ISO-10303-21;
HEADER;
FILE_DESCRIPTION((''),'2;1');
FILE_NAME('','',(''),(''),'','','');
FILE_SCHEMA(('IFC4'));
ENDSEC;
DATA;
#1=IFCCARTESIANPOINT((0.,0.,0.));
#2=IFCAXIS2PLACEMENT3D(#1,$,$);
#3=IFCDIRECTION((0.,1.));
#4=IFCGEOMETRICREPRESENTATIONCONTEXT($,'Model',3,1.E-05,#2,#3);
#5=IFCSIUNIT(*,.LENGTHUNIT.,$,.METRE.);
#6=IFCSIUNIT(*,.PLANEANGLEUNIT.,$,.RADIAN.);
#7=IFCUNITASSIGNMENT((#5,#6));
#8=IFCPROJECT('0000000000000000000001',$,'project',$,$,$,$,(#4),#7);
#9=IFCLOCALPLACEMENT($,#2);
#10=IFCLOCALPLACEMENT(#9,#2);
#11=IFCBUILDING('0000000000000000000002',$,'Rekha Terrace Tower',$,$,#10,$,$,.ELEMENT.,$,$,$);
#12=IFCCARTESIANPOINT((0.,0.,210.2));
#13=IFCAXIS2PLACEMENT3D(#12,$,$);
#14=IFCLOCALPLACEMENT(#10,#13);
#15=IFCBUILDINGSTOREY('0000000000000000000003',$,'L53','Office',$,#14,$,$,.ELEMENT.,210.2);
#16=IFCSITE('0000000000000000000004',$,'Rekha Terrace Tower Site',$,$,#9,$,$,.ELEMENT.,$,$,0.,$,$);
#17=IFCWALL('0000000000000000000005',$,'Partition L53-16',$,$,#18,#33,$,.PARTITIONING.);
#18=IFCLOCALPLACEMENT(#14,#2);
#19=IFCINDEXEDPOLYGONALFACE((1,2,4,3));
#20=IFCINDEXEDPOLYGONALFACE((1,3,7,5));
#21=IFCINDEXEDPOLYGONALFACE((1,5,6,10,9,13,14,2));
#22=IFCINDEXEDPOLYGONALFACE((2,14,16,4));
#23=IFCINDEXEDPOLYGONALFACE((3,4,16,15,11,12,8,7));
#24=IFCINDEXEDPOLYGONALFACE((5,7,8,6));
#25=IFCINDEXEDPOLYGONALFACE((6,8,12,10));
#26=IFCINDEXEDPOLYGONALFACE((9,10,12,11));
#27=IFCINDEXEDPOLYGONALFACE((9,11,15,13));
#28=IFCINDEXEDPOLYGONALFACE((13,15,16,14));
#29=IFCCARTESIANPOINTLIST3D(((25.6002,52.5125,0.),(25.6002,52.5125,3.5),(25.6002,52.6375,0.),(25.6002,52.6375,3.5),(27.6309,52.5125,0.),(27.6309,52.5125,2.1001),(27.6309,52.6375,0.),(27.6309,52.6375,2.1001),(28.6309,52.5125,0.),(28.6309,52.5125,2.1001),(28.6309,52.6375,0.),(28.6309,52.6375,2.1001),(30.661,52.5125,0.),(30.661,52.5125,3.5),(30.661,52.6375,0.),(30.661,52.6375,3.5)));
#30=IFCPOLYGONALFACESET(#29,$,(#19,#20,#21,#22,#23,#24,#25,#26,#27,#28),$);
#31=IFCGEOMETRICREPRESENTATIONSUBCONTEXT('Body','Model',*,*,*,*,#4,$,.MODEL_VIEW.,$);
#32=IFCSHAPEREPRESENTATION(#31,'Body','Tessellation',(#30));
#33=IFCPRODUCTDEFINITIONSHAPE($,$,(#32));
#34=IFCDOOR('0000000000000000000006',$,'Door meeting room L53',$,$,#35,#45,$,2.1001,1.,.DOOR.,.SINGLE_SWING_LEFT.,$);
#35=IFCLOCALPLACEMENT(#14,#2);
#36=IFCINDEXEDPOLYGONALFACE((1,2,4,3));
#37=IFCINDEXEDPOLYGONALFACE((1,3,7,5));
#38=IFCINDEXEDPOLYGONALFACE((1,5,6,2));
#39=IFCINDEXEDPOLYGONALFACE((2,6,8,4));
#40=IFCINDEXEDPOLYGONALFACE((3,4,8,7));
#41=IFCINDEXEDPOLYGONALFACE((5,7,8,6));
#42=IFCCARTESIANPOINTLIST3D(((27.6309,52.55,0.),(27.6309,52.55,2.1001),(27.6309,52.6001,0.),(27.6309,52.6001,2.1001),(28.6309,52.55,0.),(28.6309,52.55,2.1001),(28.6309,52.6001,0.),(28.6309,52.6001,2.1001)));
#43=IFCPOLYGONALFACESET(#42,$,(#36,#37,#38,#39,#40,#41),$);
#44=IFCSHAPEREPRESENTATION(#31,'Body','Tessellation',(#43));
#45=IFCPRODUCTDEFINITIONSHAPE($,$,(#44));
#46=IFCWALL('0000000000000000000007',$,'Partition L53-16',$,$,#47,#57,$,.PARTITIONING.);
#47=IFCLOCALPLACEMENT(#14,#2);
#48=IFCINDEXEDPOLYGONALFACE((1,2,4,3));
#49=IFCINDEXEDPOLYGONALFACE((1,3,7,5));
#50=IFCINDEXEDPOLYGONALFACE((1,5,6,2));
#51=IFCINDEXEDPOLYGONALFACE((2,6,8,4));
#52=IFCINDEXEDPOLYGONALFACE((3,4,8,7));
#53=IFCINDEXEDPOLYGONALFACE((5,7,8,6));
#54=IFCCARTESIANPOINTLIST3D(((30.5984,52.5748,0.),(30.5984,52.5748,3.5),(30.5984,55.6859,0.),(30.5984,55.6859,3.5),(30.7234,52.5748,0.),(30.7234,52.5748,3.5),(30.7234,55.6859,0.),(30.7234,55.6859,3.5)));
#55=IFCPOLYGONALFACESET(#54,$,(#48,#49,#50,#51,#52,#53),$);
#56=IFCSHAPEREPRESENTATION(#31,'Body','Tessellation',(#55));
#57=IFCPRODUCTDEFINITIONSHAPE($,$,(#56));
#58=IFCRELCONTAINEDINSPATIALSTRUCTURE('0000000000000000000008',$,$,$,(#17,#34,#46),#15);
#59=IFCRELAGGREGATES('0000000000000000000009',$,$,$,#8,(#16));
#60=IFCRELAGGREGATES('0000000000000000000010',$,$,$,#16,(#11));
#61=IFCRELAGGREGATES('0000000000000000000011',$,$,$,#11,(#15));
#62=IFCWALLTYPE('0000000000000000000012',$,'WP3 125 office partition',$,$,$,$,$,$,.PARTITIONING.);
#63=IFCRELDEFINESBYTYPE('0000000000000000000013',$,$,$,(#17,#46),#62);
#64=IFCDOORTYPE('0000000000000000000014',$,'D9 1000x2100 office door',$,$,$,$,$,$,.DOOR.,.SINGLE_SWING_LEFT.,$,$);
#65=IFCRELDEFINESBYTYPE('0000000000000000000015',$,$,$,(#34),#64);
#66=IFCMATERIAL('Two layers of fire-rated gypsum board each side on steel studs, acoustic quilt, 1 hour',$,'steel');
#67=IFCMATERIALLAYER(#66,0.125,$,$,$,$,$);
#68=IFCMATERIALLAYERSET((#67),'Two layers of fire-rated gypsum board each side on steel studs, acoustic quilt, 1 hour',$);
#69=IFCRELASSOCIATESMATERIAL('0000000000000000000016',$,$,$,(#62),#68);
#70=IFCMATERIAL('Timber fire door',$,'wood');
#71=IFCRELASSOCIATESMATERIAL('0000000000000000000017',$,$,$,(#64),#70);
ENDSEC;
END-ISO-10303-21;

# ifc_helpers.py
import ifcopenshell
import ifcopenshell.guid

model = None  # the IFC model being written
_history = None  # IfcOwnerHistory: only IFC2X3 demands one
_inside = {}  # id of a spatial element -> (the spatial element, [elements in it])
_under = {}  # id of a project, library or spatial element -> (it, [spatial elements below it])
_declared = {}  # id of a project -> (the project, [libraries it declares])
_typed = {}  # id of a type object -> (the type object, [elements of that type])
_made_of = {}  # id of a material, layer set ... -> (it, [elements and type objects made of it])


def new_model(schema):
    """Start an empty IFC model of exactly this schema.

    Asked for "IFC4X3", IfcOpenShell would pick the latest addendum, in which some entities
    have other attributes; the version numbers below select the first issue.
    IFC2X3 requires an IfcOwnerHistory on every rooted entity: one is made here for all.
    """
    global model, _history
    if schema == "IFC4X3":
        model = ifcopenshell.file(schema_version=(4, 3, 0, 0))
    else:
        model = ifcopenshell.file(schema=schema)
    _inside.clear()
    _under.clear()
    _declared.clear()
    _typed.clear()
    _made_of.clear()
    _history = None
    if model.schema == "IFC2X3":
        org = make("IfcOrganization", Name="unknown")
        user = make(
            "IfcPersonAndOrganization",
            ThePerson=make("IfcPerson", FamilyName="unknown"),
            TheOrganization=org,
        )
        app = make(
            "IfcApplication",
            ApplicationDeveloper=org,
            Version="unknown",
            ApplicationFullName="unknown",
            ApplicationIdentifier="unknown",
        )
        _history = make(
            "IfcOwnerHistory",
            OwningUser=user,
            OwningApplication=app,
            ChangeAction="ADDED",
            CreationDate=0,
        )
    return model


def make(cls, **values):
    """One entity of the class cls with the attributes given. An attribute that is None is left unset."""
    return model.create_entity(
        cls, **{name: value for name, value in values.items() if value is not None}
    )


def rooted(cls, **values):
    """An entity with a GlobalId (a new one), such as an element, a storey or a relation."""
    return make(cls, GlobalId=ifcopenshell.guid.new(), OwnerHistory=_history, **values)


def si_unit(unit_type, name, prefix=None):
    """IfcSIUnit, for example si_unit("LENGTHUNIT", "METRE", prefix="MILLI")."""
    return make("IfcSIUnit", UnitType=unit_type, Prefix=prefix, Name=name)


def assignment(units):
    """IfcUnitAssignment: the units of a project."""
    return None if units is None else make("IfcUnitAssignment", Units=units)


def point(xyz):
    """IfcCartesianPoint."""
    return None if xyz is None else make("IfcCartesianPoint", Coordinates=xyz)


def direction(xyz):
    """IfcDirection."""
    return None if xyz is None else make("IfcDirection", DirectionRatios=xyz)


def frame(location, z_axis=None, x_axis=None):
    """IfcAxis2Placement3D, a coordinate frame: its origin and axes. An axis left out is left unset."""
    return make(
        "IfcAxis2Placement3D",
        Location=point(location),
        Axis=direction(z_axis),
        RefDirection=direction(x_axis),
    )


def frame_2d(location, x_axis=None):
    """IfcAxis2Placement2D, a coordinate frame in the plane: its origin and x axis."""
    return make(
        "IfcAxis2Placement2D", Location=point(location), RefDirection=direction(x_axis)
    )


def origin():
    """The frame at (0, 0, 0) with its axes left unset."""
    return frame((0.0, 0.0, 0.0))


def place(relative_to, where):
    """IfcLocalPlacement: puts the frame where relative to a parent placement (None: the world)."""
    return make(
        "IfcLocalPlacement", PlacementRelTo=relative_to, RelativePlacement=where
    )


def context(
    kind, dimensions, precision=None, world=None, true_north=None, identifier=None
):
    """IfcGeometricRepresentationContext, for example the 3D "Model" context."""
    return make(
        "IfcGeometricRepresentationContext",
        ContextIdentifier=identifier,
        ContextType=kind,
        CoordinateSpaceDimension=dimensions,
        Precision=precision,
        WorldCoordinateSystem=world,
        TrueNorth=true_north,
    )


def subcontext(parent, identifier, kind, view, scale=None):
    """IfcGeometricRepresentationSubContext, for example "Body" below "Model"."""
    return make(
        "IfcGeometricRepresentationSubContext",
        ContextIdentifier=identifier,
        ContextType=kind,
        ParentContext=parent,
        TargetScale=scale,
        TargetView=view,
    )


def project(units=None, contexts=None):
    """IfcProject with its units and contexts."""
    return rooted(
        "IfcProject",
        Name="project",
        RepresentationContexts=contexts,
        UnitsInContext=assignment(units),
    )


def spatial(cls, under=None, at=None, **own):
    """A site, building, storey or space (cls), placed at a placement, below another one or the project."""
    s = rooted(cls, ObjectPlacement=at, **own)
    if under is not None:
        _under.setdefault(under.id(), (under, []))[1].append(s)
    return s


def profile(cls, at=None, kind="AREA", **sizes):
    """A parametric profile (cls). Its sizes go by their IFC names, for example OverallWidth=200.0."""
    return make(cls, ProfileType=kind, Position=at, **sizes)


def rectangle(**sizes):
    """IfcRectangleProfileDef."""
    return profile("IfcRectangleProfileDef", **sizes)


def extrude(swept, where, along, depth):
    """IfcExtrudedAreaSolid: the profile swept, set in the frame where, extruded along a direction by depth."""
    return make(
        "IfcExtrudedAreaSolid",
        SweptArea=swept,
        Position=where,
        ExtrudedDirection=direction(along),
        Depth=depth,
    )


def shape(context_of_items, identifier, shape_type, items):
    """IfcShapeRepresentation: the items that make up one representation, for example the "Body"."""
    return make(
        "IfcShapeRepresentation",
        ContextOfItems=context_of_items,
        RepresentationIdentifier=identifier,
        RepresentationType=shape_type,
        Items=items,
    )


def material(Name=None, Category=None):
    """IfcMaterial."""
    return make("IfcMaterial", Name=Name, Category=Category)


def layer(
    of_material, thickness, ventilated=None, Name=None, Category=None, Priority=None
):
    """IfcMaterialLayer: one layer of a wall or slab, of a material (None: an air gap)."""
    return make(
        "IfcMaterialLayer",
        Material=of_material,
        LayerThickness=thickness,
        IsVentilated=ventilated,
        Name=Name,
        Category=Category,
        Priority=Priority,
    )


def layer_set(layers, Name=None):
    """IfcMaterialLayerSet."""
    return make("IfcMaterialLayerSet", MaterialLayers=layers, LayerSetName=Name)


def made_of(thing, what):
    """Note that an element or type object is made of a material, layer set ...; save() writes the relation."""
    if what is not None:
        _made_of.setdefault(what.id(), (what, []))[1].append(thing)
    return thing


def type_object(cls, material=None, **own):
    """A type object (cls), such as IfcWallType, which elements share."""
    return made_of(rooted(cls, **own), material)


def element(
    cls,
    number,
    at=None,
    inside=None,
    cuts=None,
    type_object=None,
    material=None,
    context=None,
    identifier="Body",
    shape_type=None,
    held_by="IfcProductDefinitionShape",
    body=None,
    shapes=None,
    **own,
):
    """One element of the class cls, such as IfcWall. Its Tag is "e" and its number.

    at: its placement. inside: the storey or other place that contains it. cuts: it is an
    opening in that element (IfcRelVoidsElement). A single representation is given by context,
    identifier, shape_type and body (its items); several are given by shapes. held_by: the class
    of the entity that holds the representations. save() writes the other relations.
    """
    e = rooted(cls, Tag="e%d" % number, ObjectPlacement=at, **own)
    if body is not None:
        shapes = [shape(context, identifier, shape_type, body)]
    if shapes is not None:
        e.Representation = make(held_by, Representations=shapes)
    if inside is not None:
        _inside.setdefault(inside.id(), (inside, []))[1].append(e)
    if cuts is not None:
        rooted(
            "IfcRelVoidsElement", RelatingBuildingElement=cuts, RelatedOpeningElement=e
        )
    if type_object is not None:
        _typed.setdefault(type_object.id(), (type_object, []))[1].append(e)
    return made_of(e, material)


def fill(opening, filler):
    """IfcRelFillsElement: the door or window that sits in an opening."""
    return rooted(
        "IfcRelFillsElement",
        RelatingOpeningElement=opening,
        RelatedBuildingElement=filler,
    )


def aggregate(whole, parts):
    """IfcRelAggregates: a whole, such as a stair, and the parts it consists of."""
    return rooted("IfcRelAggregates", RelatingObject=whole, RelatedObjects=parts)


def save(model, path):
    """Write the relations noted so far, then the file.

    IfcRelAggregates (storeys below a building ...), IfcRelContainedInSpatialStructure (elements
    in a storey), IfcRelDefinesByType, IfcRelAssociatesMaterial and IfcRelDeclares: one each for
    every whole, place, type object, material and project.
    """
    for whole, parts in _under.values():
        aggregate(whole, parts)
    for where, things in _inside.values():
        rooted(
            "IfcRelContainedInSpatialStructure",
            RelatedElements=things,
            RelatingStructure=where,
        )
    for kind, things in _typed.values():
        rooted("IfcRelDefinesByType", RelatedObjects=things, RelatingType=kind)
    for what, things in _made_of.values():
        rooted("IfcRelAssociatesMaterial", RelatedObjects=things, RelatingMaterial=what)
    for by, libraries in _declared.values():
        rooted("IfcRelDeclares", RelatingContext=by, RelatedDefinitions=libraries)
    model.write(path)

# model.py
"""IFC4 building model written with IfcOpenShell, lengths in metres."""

from ifc_helpers import new_model, si_unit, direction, frame, frame_2d, origin, place, context, subcontext, project, spatial, rectangle, extrude, material, layer, layer_set, type_object, element, fill, save


model = new_model("IFC4")

# Units and contexts
model_context = context("Model", 3, precision=1e-05, world=origin(), true_north=direction((0.0, 1.0)))
body_context = subcontext(model_context, "Body", "Model", "MODEL_VIEW")
ifc_project = project(units=[si_unit("LENGTHUNIT", "METRE"), si_unit("PLANEANGLEUNIT", "RADIAN")], contexts=[model_context])

# Site, building, storey
site_placement = place(None, origin())
site = spatial("IfcSite", under=ifc_project, at=site_placement, Name="Rekha Terrace Tower Site", CompositionType="ELEMENT", RefElevation=0.0)
building_placement = place(site_placement, origin())
building = spatial("IfcBuilding", under=site, at=building_placement, Name="Rekha Terrace Tower", CompositionType="ELEMENT")
storey_placement = place(building_placement, frame((0.0, 0.0, 210.2)))
storey = spatial("IfcBuildingStorey", under=building, at=storey_placement, Name="L53", Description="Office", CompositionType="ELEMENT", Elevation=210.2)

# Shared definitions
ifc_material_1 = material(Name="Two layers of fire-rated gypsum board each side on steel studs, acoustic quilt, 1 hour", Category="steel")
ifc_layer_1 = layer(ifc_material_1, 0.125)
ifc_layer_set_1 = layer_set([ifc_layer_1], Name="Two layers of fire-rated gypsum board each side on steel studs, acoustic quilt, 1 hour")
wall_type_1 = type_object("IfcWallType", Name="WP3 125 office partition", PredefinedType="PARTITIONING", material=ifc_layer_set_1)
ifc_material_2 = material(Name="Timber fire door", Category="wood")
door_type_1 = type_object("IfcDoorType", Name="D9 1000x2100 office door", OperationType="SINGLE_SWING_LEFT", PredefinedType="DOOR", material=ifc_material_2)

# Wall, opening, door
wall_1_placement = place(storey_placement, frame((30.6609, 52.575, 0.0), z_axis=(0.0, 0.0, 1.0), x_axis=(-1.0, 0.0, 0.0)))
wall_1 = element("IfcWall", 1, at=wall_1_placement, inside=storey, type_object=wall_type_1, Name="Partition L53-16", PredefinedType="PARTITIONING", context=body_context, shape_type="SweptSolid", body=[
    extrude(rectangle(XDim=5.0608, YDim=0.125, at=frame_2d((2.5303, 0.0))), origin(), (0.0, 0.0, 1.0), 3.5),
])
opening_1_placement = place(wall_1_placement, frame((2.03, 0.0, 0.0)))
opening_1 = element("IfcOpeningElement", 2, at=opening_1_placement, cuts=wall_1, PredefinedType="OPENING", context=body_context, shape_type="SweptSolid", body=[
    extrude(rectangle(XDim=1.0, YDim=2.1001, at=frame_2d((0.5, 1.05))), frame((0.0, 0.0725, 0.0), z_axis=(0.0, -1.0, 0.0), x_axis=(1.0, 0.0, 0.0)), (0.0, 0.0, 1.0), 0.145),
])
door_1_placement = place(opening_1_placement, origin())
door_1 = element("IfcDoor", 3, at=door_1_placement, inside=storey, type_object=door_type_1, Name="Door meeting room L53", OperationType="SINGLE_SWING_LEFT", OverallHeight=2.1001, OverallWidth=1.0, PredefinedType="DOOR", context=body_context, shape_type="SweptSolid", body=[
    extrude(rectangle(XDim=1.0, YDim=2.1001, at=frame_2d((0.5, 1.05))), frame((0.0, 0.0249, 0.0), z_axis=(0.0, -1.0, 0.0), x_axis=(1.0, 0.0, 0.0)), (0.0, 0.0, 1.0), 0.05),
])
fill(opening_1, door_1)

# Wall
wall_2_placement = place(storey_placement, frame((30.6609, 55.686, 0.0), z_axis=(0.0, 0.0, 1.0), x_axis=(0.0, -1.0, 0.0)))
element("IfcWall", 4, at=wall_2_placement, inside=storey, type_object=wall_type_1, Name="Partition L53-16", PredefinedType="PARTITIONING", context=body_context, shape_type="SweptSolid", body=[
    extrude(rectangle(XDim=3.1111, YDim=0.125, at=frame_2d((1.5557, 0.0))), origin(), (0.0, 0.0, 1.0), 3.5),
])

save(model, "model.ifc")
